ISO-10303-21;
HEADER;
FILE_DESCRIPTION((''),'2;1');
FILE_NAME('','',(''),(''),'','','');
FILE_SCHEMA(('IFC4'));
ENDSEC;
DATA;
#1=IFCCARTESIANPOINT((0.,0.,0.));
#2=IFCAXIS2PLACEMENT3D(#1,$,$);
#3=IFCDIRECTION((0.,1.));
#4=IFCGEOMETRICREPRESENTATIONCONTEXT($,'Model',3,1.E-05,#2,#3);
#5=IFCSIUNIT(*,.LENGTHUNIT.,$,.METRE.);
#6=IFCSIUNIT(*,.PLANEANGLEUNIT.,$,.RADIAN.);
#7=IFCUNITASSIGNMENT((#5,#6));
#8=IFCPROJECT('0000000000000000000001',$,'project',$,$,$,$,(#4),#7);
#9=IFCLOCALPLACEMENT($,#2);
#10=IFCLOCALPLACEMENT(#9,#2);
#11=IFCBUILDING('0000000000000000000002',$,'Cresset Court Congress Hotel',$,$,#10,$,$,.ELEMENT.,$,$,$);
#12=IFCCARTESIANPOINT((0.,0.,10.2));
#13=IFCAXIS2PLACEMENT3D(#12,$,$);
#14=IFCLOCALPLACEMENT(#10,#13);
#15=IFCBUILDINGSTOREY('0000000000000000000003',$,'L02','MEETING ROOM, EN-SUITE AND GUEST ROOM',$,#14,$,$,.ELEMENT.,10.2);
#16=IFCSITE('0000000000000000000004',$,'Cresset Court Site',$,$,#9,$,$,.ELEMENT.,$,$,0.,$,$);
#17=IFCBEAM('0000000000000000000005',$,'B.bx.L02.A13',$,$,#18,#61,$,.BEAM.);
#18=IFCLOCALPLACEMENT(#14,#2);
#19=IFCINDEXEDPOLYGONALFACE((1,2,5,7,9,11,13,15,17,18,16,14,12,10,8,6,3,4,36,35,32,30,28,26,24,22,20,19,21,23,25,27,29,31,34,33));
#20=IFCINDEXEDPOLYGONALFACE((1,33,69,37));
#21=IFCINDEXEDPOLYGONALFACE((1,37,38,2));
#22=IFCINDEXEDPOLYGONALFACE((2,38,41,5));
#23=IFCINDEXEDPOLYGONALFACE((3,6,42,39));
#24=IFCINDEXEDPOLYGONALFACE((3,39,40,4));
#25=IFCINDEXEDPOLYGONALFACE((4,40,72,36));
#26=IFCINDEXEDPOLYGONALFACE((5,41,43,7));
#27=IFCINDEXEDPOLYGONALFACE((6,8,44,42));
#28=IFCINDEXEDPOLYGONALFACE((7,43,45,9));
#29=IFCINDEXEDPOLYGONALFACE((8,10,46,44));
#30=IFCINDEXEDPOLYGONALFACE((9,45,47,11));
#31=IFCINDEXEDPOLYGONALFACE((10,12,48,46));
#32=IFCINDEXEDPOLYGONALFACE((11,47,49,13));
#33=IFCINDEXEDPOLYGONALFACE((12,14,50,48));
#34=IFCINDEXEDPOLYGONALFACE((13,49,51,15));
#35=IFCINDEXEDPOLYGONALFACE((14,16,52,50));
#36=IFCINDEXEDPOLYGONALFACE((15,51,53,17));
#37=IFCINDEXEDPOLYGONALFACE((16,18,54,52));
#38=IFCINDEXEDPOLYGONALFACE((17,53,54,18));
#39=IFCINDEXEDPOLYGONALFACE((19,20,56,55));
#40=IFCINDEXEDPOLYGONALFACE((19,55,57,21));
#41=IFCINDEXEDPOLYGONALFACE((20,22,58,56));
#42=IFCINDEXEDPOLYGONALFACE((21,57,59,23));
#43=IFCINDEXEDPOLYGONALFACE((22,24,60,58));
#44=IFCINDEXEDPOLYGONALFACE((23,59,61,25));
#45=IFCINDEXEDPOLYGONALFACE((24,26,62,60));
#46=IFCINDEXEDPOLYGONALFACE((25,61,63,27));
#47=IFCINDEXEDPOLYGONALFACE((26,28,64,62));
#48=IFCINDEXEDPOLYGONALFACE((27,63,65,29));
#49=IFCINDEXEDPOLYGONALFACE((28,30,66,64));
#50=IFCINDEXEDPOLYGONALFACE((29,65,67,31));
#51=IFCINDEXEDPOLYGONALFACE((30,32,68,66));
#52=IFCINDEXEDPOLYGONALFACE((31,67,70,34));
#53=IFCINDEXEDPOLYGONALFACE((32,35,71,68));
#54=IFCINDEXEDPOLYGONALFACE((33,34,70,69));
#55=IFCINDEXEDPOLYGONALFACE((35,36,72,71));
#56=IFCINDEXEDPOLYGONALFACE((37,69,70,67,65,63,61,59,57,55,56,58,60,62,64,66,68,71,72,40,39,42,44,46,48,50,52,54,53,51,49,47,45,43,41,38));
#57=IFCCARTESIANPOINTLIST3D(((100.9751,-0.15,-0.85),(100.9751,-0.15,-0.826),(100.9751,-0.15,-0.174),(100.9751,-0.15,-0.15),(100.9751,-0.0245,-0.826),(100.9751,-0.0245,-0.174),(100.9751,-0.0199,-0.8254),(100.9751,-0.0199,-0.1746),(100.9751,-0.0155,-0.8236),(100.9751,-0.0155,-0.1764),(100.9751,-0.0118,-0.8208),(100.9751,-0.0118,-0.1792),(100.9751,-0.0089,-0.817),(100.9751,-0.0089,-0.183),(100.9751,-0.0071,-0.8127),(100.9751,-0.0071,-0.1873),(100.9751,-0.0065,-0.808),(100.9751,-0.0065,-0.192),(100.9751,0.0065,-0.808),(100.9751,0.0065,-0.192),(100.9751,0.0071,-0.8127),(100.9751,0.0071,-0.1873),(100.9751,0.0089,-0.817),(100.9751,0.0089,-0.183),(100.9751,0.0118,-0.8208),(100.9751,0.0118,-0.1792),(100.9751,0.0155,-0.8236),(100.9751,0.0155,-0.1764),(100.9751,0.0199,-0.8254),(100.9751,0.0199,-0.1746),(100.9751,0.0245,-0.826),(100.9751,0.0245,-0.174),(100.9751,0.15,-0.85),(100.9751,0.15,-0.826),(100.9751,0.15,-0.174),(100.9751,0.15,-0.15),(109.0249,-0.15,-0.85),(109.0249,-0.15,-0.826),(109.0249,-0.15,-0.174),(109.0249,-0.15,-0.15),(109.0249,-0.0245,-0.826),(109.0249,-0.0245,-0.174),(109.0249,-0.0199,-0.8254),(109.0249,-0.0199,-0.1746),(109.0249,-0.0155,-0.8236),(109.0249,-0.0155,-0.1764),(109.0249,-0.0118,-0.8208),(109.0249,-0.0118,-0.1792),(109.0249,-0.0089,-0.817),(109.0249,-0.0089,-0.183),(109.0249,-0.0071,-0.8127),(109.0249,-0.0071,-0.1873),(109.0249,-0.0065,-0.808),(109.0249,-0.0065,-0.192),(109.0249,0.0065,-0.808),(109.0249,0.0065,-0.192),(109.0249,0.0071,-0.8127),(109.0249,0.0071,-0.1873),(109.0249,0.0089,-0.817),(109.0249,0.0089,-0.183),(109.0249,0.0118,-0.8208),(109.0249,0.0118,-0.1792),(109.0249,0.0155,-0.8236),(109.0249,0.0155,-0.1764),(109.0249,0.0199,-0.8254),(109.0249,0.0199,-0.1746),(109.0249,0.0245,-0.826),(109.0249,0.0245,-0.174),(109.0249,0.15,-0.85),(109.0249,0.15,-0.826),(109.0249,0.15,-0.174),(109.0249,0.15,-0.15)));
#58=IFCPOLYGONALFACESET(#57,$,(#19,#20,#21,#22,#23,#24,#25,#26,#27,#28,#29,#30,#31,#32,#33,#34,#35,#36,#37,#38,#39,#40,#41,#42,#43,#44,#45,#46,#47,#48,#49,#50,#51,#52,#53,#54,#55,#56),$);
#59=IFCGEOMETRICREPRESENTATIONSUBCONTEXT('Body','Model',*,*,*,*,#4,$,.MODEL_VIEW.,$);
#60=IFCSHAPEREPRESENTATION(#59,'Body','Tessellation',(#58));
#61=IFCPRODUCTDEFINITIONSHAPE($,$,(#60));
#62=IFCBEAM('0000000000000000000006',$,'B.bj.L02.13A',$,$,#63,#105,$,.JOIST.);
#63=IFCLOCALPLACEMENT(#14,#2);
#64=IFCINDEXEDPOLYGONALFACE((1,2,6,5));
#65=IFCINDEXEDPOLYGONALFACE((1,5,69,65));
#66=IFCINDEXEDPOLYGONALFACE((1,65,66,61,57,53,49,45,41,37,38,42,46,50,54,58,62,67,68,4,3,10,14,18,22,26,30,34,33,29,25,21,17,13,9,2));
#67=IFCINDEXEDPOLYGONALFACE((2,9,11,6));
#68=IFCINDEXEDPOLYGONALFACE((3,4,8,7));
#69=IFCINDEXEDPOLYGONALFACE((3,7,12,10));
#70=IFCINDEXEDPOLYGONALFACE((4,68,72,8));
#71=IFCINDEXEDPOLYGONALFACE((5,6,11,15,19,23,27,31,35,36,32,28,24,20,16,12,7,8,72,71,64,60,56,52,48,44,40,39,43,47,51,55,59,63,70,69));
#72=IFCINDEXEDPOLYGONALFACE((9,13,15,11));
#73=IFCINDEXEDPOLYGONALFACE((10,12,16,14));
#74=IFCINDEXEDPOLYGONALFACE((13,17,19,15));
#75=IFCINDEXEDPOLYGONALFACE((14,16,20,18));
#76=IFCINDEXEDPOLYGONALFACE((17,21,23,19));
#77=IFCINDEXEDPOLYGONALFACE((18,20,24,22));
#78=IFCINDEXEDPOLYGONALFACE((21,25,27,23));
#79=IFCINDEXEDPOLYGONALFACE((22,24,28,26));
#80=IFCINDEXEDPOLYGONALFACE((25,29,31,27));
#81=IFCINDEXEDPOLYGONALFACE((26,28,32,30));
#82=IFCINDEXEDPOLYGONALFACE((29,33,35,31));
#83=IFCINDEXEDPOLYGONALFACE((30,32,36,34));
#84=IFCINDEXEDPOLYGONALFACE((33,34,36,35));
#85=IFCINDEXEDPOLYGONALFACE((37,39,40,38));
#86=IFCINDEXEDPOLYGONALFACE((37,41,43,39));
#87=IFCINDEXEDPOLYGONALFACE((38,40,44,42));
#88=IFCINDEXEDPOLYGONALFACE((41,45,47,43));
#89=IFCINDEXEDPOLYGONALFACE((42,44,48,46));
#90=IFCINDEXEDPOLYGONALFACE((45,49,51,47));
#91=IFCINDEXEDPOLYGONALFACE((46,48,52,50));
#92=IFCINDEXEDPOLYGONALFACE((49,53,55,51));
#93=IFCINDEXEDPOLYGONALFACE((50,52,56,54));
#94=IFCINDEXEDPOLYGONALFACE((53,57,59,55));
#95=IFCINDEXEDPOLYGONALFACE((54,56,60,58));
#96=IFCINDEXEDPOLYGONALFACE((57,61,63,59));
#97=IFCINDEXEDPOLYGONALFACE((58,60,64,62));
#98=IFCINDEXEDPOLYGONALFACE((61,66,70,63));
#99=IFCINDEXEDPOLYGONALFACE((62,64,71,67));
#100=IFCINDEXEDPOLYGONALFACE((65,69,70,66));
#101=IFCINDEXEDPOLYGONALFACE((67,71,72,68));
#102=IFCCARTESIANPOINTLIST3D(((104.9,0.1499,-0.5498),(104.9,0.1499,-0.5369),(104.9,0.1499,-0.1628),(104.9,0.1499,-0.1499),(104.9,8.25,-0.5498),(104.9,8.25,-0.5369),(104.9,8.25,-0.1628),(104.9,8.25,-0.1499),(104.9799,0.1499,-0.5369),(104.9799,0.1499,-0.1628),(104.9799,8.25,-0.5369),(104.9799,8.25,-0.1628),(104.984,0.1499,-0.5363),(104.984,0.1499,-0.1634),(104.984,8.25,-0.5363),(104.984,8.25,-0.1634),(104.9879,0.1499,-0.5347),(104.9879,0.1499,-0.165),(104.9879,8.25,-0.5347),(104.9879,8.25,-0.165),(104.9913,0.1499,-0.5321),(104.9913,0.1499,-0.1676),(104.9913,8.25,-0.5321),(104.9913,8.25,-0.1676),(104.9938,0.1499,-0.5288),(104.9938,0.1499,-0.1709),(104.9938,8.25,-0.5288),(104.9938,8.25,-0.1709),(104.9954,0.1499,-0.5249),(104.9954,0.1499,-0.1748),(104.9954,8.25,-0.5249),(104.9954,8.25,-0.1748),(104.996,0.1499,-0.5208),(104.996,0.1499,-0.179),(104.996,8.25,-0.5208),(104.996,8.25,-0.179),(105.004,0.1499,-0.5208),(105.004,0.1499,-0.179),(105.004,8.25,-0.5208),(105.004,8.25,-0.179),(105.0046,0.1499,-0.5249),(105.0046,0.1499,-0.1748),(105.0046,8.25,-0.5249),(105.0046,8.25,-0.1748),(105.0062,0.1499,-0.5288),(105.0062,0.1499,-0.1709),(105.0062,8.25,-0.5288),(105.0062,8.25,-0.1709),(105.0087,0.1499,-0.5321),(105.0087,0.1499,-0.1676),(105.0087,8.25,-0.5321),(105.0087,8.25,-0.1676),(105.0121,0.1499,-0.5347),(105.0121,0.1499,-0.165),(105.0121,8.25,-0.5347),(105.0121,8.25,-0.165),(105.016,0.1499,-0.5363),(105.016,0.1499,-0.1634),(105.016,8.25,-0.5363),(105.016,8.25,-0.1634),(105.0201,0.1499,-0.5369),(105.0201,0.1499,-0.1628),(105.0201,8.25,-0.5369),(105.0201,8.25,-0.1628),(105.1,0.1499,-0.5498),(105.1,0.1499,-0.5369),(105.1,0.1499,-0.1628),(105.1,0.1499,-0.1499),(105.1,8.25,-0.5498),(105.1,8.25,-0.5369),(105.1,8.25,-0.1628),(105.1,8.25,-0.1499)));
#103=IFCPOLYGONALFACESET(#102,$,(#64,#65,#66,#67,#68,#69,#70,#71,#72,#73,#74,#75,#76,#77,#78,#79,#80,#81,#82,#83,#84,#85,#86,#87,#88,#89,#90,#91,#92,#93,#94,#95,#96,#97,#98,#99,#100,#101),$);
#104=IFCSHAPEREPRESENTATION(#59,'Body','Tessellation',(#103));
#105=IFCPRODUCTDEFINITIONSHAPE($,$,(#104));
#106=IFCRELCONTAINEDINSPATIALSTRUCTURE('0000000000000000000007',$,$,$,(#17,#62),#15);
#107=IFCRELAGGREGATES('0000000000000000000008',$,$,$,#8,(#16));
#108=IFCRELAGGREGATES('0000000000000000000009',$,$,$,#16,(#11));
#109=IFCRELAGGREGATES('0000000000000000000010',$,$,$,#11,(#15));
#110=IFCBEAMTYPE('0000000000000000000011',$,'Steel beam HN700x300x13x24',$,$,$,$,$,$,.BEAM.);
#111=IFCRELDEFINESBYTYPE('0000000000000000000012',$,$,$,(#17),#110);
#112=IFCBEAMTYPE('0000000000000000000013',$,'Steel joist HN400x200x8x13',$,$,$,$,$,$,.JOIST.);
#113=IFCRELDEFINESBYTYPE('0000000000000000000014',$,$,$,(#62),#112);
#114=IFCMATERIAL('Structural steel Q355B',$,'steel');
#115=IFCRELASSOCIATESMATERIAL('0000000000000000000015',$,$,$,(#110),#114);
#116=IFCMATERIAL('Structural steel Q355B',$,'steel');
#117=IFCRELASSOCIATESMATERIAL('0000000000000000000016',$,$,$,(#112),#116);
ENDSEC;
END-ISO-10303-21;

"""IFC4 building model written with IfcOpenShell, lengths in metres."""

from ifc_helpers import new_model, si_unit, direction, frame, origin, origin_2d, place, context, subcontext, project, spatial, i_section, extrude, material, material_profile, profile_set, type_object, element, save


model = new_model("IFC4")

# Units and contexts
model_context = context("Model", 3, precision=1e-05, world=origin(), true_north=direction((0.0, 1.0)))
body_context = subcontext(model_context, "Body", "Model", "MODEL_VIEW")
ifc_project = project(units=[si_unit("LENGTHUNIT", "METRE"), si_unit("PLANEANGLEUNIT", "RADIAN")], contexts=[model_context])

# Site, building, storey
site_placement = place(None, origin())
site = spatial("IfcSite", under=ifc_project, at=site_placement, Name="Cresset Court Site", CompositionType="ELEMENT", RefElevation=0.0)
building_placement = place(site_placement, origin())
building = spatial("IfcBuilding", under=site, at=building_placement, Name="Cresset Court Congress Hotel", CompositionType="ELEMENT")
storey_placement = place(building_placement, frame((0.0, 0.0, 10.2)))
storey = spatial("IfcBuildingStorey", under=building, at=storey_placement, Name="L02", Description="MEETING ROOM, EN-SUITE AND GUEST ROOM", CompositionType="ELEMENT", Elevation=10.2)

# Beams
ifc_material_1 = material(Name="Structural steel Q355B", Category="steel")
ifc_material_profile_1 = material_profile(ifc_material_1, i_section(OverallWidth=0.3, OverallDepth=0.7, WebThickness=0.0129, FlangeThickness=0.0239, FilletRadius=0.0181, at=origin_2d()), Name="HN700x300x13x24")
ifc_profile_set_1 = profile_set([ifc_material_profile_1], Name="Structural steel Q355B")
beam_type_1 = type_object("IfcBeamType", Name="Steel beam HN700x300x13x24", PredefinedType="BEAM", material=ifc_profile_set_1)
beam_1_placement = place(storey_placement, frame((100.9751, 0.0, -0.5), z_axis=(1.0, 0.0, 0.0), x_axis=(0.0, 1.0, 0.0)))
element("IfcBeam", 1, at=beam_1_placement, inside=storey, type_object=beam_type_1, Name="B.bx.L02.A13", PredefinedType="BEAM", context=body_context, shape_type="SweptSolid", body=[
    extrude(i_section(OverallWidth=0.3, OverallDepth=0.7, WebThickness=0.0129, FlangeThickness=0.0239, FilletRadius=0.0181, at=origin_2d()), origin(), (0.0, 0.0, 1.0), 8.0498),
])
ifc_material_2 = material(Name="Structural steel Q355B", Category="steel")
ifc_material_profile_2 = material_profile(ifc_material_2, i_section(OverallWidth=0.2, OverallDepth=0.3999, WebThickness=0.0081, FlangeThickness=0.0129, FilletRadius=0.0161, at=origin_2d()), Name="HN400x200x8x13")
ifc_profile_set_2 = profile_set([ifc_material_profile_2], Name="Structural steel Q355B")
beam_type_2 = type_object("IfcBeamType", Name="Steel joist HN400x200x8x13", PredefinedType="JOIST", material=ifc_profile_set_2)
beam_2_placement = place(storey_placement, frame((105.0, 0.1499, -0.3499), z_axis=(0.0, 1.0, 0.0), x_axis=(-1.0, 0.0, 0.0)))
element("IfcBeam", 2, at=beam_2_placement, inside=storey, type_object=beam_type_2, Name="B.bj.L02.13A", PredefinedType="JOIST", context=body_context, shape_type="SweptSolid", body=[
    extrude(i_section(OverallWidth=0.2, OverallDepth=0.3999, WebThickness=0.0081, FlangeThickness=0.0129, FilletRadius=0.0161, at=origin_2d()), origin(), (0.0, 0.0, 1.0), 8.1001),
])

save(model, "model.ifc")
